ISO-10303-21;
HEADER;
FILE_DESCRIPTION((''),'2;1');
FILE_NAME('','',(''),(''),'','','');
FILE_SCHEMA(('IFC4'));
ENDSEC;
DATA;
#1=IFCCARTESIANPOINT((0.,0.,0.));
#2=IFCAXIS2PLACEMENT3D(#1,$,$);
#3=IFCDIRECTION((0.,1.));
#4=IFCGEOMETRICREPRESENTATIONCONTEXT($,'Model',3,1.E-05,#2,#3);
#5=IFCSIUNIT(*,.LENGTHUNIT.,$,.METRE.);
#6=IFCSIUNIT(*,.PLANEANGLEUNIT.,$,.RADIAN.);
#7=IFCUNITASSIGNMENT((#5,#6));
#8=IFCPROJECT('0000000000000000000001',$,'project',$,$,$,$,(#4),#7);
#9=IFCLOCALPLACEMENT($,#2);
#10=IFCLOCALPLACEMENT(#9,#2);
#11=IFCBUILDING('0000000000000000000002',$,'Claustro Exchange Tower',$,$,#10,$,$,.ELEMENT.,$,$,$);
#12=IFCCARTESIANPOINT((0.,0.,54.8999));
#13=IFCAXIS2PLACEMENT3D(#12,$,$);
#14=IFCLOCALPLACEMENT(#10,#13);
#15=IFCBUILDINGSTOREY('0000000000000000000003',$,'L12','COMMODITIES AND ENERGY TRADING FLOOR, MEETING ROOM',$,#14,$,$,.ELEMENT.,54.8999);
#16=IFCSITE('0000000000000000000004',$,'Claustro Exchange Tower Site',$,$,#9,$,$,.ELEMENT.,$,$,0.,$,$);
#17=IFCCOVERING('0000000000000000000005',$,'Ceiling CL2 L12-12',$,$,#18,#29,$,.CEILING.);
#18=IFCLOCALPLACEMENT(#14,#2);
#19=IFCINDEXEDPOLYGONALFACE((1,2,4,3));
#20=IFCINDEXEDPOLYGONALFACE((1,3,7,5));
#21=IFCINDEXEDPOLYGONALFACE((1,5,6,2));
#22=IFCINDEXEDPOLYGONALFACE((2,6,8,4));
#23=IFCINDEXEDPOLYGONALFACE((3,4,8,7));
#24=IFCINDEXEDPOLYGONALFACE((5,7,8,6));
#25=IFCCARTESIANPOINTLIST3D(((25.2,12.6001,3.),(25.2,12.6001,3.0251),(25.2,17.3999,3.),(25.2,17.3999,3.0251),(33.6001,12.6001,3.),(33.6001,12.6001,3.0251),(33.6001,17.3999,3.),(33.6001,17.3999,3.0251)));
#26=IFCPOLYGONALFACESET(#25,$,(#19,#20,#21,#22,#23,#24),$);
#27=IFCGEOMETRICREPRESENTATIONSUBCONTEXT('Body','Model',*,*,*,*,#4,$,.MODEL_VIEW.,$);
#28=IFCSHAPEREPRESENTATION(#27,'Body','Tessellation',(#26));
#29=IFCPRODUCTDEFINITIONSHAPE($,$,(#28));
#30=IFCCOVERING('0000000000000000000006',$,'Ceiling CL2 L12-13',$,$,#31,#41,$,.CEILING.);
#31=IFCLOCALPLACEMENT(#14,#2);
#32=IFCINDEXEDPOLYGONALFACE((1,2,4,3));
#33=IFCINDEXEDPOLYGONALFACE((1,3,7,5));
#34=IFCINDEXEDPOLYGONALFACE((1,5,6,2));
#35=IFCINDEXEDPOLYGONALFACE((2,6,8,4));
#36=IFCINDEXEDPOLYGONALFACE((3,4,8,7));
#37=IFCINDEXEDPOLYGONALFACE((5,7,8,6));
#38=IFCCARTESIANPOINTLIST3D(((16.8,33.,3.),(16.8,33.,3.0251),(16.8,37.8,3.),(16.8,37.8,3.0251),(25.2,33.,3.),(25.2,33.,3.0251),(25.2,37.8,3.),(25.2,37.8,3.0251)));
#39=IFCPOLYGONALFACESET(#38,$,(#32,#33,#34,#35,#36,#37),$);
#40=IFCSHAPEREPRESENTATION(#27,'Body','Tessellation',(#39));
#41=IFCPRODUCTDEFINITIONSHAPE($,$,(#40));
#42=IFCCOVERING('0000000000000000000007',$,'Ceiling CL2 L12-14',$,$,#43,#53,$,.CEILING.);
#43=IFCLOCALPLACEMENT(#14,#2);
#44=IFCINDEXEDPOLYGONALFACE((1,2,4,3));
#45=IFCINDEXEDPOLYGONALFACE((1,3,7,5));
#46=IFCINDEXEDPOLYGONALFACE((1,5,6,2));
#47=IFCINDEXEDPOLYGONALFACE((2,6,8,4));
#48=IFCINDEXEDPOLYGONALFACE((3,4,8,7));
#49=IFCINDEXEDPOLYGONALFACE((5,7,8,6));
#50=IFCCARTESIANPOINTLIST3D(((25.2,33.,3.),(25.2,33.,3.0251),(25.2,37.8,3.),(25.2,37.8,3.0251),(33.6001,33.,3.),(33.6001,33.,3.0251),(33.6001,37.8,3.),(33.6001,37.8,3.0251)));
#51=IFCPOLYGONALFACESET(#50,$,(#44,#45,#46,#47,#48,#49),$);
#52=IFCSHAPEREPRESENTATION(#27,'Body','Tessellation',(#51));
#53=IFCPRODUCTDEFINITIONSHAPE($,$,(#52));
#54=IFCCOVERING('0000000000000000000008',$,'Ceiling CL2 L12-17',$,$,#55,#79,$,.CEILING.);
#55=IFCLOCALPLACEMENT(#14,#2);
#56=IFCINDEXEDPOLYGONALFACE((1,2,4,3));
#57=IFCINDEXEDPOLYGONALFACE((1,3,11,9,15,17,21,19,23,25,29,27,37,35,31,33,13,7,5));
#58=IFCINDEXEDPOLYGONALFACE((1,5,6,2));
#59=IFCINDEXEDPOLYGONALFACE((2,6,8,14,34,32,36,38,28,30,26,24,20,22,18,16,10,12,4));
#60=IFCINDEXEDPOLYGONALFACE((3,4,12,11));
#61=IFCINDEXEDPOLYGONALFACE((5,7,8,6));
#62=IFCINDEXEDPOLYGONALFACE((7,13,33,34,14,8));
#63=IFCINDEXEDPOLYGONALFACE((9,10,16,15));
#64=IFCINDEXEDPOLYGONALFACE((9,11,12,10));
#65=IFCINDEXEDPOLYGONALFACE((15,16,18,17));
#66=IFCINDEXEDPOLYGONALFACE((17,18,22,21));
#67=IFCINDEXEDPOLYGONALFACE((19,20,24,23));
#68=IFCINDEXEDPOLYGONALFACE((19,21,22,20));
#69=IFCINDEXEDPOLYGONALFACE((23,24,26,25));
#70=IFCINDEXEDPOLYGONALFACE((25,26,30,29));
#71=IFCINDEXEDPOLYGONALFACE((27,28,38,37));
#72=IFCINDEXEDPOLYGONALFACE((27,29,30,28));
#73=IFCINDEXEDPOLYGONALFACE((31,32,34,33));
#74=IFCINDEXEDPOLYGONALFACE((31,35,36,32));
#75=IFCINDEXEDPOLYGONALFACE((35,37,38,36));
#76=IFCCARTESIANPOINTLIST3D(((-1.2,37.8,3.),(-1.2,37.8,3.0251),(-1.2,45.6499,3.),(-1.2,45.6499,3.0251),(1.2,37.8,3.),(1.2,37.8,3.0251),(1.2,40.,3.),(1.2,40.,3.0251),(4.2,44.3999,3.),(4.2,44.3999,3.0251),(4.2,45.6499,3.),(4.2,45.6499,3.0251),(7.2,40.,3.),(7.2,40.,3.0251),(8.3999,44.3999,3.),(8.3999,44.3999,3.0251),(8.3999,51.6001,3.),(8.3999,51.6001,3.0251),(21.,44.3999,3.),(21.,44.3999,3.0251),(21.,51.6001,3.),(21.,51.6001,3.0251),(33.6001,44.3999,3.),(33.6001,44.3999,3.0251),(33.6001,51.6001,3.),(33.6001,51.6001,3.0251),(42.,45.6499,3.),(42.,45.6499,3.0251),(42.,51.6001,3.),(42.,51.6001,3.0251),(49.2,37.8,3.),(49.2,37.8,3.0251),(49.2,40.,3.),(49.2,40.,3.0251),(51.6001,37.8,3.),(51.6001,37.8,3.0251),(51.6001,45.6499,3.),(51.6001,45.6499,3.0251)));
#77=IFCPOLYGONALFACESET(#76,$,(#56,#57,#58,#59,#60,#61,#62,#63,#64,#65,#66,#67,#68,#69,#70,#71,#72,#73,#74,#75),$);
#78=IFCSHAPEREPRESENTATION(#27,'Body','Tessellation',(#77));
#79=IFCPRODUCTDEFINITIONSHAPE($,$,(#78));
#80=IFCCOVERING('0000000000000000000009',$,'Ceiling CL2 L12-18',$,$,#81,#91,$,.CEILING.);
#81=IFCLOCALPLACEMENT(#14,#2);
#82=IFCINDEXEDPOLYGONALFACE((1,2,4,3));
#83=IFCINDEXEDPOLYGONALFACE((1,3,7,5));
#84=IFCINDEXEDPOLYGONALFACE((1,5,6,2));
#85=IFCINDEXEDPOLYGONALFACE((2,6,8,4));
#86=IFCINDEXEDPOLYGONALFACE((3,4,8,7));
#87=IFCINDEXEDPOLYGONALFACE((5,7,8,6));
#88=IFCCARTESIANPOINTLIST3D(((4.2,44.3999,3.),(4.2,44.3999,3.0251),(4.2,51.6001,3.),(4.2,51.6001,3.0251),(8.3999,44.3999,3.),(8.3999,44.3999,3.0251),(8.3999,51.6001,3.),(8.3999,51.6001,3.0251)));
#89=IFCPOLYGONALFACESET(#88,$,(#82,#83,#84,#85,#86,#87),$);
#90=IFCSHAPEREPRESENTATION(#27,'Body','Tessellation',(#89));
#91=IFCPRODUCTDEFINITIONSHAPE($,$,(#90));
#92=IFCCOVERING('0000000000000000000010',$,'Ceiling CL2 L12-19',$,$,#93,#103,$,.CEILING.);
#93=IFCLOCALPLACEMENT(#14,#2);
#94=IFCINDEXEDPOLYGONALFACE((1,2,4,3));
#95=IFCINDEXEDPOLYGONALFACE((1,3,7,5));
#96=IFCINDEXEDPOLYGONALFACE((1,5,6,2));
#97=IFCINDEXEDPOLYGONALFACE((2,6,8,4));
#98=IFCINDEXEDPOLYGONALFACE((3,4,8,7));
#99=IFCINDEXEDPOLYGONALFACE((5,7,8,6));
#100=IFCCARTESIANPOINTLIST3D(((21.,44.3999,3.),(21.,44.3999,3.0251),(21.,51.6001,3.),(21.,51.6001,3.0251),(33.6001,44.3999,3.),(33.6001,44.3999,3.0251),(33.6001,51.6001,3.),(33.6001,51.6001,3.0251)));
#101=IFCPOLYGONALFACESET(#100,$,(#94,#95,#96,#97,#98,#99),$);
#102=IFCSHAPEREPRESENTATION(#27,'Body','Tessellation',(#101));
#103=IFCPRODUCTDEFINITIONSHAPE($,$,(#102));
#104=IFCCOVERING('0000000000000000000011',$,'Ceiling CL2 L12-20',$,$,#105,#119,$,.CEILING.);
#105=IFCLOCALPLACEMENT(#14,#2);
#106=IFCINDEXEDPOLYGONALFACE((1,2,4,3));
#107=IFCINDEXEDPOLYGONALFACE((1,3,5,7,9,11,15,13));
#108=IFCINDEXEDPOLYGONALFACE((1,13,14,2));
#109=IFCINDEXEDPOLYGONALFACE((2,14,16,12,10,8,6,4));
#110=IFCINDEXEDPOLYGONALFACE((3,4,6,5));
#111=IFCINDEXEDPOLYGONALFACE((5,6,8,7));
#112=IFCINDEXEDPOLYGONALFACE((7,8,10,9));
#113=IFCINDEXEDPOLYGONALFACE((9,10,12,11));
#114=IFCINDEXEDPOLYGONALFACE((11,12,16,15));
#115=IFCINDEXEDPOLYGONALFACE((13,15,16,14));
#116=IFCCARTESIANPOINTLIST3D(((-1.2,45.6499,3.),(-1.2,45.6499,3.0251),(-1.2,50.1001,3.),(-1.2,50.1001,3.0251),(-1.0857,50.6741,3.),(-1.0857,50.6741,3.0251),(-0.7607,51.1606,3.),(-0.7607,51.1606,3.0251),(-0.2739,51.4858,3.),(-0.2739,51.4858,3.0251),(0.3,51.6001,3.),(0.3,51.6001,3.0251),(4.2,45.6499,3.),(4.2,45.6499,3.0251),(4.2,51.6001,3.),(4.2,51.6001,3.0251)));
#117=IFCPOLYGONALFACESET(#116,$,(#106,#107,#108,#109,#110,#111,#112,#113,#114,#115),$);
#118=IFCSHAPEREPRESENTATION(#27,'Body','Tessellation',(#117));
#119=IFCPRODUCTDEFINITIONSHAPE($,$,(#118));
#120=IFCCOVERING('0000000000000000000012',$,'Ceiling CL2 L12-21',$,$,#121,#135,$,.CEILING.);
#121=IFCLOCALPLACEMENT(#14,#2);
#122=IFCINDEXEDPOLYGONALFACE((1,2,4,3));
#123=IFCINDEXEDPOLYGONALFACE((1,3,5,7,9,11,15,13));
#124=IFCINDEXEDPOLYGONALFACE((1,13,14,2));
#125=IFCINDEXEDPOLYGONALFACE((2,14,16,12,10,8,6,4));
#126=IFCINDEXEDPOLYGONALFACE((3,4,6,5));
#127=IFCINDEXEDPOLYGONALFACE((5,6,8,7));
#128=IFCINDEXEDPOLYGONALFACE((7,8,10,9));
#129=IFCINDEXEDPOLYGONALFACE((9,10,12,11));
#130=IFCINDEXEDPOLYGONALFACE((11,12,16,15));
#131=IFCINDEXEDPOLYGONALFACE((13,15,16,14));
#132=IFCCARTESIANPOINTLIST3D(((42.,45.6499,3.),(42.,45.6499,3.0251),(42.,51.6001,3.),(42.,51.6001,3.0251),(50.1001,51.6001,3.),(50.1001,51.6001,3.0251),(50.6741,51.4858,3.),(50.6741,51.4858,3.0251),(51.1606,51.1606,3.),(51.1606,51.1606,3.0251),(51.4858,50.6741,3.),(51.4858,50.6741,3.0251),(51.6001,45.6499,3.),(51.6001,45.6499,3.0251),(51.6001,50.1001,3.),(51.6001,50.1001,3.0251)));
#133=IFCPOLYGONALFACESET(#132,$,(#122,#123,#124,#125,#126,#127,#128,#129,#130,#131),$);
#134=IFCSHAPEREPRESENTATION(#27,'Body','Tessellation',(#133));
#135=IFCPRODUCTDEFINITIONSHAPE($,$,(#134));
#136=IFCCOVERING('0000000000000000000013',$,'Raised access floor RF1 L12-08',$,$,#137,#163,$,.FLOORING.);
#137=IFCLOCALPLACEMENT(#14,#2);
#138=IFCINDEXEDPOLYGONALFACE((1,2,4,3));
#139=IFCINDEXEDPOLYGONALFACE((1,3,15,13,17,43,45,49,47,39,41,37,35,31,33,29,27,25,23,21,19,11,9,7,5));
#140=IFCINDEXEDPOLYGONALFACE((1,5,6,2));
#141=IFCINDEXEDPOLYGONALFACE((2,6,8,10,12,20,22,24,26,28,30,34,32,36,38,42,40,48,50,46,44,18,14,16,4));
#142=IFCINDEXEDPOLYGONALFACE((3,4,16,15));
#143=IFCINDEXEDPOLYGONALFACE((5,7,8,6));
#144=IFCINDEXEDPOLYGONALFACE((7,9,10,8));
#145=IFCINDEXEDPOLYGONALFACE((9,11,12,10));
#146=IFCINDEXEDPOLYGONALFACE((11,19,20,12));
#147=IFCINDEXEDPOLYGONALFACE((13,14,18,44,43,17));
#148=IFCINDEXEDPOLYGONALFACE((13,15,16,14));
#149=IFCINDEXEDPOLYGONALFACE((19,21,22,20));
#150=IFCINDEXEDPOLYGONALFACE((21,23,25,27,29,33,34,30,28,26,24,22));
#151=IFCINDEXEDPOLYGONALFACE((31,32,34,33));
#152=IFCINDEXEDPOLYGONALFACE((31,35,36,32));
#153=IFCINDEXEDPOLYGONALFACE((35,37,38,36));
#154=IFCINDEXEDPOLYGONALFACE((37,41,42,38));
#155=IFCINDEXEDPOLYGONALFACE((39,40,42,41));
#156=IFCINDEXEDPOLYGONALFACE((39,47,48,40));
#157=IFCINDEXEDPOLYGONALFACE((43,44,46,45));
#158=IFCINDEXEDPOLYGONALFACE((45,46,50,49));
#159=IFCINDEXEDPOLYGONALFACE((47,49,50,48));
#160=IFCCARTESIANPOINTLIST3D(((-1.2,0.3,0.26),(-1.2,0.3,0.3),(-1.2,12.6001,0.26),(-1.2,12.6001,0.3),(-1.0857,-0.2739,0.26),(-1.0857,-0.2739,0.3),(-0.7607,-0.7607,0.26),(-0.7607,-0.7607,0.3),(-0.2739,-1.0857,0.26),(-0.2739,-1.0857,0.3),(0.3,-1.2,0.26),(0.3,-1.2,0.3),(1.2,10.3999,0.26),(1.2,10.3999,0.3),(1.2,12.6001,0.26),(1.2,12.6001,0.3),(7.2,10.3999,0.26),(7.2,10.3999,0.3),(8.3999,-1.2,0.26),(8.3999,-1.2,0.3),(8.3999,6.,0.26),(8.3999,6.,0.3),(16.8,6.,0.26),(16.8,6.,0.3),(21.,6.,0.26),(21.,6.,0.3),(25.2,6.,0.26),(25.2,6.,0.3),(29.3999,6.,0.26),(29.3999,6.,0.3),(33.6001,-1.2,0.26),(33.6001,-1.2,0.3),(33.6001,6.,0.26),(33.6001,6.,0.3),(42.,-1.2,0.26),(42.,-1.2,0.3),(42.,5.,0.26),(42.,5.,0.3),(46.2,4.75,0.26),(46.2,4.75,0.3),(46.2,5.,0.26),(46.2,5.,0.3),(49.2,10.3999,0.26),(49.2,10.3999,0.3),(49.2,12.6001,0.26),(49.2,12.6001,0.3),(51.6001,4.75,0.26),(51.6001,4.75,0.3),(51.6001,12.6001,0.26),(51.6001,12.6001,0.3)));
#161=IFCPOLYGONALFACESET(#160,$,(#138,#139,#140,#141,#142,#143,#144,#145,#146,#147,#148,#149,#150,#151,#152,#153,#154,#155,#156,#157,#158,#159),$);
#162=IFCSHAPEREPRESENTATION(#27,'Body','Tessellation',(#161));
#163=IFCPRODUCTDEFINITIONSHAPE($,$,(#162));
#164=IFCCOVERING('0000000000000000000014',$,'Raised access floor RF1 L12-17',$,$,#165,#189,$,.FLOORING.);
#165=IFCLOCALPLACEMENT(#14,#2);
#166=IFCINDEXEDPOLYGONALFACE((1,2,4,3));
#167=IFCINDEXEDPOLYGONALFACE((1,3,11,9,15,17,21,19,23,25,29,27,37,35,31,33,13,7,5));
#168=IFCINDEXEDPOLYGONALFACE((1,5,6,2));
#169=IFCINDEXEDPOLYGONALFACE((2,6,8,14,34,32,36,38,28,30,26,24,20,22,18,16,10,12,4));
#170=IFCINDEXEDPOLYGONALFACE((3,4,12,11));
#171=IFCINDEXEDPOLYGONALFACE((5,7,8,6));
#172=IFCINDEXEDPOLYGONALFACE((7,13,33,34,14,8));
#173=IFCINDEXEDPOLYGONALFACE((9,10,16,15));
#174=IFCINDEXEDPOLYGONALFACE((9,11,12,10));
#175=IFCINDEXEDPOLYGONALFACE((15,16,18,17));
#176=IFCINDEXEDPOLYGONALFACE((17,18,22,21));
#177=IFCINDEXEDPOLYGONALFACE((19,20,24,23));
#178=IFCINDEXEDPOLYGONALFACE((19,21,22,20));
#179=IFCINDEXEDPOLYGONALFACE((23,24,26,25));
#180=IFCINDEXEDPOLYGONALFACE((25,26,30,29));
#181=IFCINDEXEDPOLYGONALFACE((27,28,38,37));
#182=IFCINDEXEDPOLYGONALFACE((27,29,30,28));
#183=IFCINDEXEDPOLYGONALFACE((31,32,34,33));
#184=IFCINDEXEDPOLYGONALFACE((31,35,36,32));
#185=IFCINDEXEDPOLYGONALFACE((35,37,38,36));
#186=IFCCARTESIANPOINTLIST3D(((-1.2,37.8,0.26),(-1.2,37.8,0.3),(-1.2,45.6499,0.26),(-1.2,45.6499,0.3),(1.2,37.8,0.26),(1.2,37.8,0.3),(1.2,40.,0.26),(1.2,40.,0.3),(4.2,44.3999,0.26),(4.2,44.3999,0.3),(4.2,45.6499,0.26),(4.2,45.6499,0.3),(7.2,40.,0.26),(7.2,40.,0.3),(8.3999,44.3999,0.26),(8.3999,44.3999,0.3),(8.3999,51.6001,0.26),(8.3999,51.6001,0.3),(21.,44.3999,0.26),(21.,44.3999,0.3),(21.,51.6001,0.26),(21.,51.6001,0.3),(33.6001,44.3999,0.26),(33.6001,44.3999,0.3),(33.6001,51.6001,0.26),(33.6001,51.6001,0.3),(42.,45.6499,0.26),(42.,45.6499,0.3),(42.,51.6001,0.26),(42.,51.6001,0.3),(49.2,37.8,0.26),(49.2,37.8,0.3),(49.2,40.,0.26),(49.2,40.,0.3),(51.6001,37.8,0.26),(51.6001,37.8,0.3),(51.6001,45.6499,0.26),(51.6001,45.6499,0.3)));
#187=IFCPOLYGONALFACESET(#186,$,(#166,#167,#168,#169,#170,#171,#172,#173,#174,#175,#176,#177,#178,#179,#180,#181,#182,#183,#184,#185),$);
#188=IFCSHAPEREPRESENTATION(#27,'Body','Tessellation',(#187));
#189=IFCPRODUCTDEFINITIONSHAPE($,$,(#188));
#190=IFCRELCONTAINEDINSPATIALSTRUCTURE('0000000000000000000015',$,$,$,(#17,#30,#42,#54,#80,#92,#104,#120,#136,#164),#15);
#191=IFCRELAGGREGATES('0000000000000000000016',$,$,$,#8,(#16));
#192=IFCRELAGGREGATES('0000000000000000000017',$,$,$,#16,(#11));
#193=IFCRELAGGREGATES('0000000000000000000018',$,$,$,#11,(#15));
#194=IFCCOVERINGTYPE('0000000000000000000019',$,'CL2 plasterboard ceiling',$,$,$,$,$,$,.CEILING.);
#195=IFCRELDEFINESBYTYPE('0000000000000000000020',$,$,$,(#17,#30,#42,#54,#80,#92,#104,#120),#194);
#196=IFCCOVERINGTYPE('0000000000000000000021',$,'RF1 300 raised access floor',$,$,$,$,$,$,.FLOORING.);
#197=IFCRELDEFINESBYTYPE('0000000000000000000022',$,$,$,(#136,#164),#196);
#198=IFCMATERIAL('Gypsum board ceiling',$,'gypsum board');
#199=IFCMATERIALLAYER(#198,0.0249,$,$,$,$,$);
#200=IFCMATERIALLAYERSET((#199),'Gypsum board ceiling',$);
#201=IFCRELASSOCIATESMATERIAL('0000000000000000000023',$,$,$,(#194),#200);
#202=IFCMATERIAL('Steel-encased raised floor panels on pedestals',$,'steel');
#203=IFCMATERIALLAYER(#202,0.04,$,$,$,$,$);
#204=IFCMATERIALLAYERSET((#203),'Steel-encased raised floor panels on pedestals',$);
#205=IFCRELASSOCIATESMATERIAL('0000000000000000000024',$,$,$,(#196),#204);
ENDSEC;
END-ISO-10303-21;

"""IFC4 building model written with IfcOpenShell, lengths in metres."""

from ifc_helpers import new_model, si_unit, direction, frame, origin, place, context, subcontext, project, spatial, polyline, outline, extrude, material, layer, layer_set, type_object, element, save


model = new_model("IFC4")

# Units and contexts
model_context = context("Model", 3, precision=1e-05, world=origin(), true_north=direction((0.0, 1.0)))
body_context = subcontext(model_context, "Body", "Model", "MODEL_VIEW")
ifc_project = project(units=[si_unit("LENGTHUNIT", "METRE"), si_unit("PLANEANGLEUNIT", "RADIAN")], contexts=[model_context])

# Site, building, storey
site_placement = place(None, origin())
site = spatial("IfcSite", under=ifc_project, at=site_placement, Name="Claustro Exchange Tower Site", CompositionType="ELEMENT", RefElevation=0.0)
building_placement = place(site_placement, origin())
building = spatial("IfcBuilding", under=site, at=building_placement, Name="Claustro Exchange Tower", CompositionType="ELEMENT")
storey_placement = place(building_placement, frame((0.0, 0.0, 54.8999)))
storey = spatial("IfcBuildingStorey", under=building, at=storey_placement, Name="L12", Description="COMMODITIES AND ENERGY TRADING FLOOR, MEETING ROOM", CompositionType="ELEMENT", Elevation=54.8999)

# Coverings
ifc_material_1 = material(Name="Gypsum board ceiling", Category="gypsum board")
ifc_layer_1 = layer(ifc_material_1, 0.0249)
ifc_layer_set_1 = layer_set([ifc_layer_1], Name="Gypsum board ceiling")
covering_type_1 = type_object("IfcCoveringType", Name="CL2 plasterboard ceiling", PredefinedType="CEILING", material=ifc_layer_set_1)
covering_1_placement = place(storey_placement, frame((0.0, 0.0, 3.0)))
element("IfcCovering", 1, at=covering_1_placement, inside=storey, type_object=covering_type_1, Name="Ceiling CL2 L12-12", PredefinedType="CEILING", context=body_context, shape_type="SweptSolid", body=[
    extrude(outline(polyline([(33.6001, 17.3999), (25.2, 17.3999), (25.2, 12.6001), (33.6001, 12.6001), (33.6001, 17.3999)])), origin(), (0.0, 0.0, 1.0), 0.0251),
])
covering_2_placement = place(storey_placement, frame((0.0, 0.0, 3.0)))
element("IfcCovering", 2, at=covering_2_placement, inside=storey, type_object=covering_type_1, Name="Ceiling CL2 L12-13", PredefinedType="CEILING", context=body_context, shape_type="SweptSolid", body=[
    extrude(outline(polyline([(16.8, 33.0), (25.2, 33.0), (25.2, 37.8), (16.8, 37.8), (16.8, 33.0)])), origin(), (0.0, 0.0, 1.0), 0.0251),
])
covering_3_placement = place(storey_placement, frame((0.0, 0.0, 3.0)))
element("IfcCovering", 3, at=covering_3_placement, inside=storey, type_object=covering_type_1, Name="Ceiling CL2 L12-14", PredefinedType="CEILING", context=body_context, shape_type="SweptSolid", body=[
    extrude(outline(polyline([(33.6001, 33.0), (33.6001, 37.8), (25.2, 37.8), (25.2, 33.0), (33.6001, 33.0)])), origin(), (0.0, 0.0, 1.0), 0.0251),
])
covering_4_placement = place(storey_placement, frame((0.0, 0.0, 3.0)))
element("IfcCovering", 4, at=covering_4_placement, inside=storey, type_object=covering_type_1, Name="Ceiling CL2 L12-17", PredefinedType="CEILING", context=body_context, shape_type="SweptSolid", body=[
    extrude(outline(polyline([(-1.2, 45.6499), (-1.2, 37.8), (1.2, 37.8), (1.2, 40.0), (7.2, 40.0), (49.2, 40.0), (49.2, 37.8), (51.6001, 37.8), (51.6001, 45.6499), (42.0, 45.6499), (42.0, 51.6001), (33.6001, 51.6001), (33.6001, 44.3999), (21.0, 44.3999), (21.0, 51.6001), (8.3999, 51.6001), (8.3999, 44.3999), (4.2, 44.3999), (4.2, 45.6499), (-1.2, 45.6499)])), origin(), (0.0, 0.0, 1.0), 0.0251),
])
covering_5_placement = place(storey_placement, frame((0.0, 0.0, 3.0)))
element("IfcCovering", 5, at=covering_5_placement, inside=storey, type_object=covering_type_1, Name="Ceiling CL2 L12-18", PredefinedType="CEILING", context=body_context, shape_type="SweptSolid", body=[
    extrude(outline(polyline([(8.3999, 51.6001), (4.2, 51.6001), (4.2, 44.3999), (8.3999, 44.3999), (8.3999, 51.6001)])), origin(), (0.0, 0.0, 1.0), 0.0251),
])
covering_6_placement = place(storey_placement, frame((0.0, 0.0, 3.0)))
element("IfcCovering", 6, at=covering_6_placement, inside=storey, type_object=covering_type_1, Name="Ceiling CL2 L12-19", PredefinedType="CEILING", context=body_context, shape_type="SweptSolid", body=[
    extrude(outline(polyline([(33.6001, 51.6001), (21.0, 51.6001), (21.0, 44.3999), (33.6001, 44.3999), (33.6001, 51.6001)])), origin(), (0.0, 0.0, 1.0), 0.0251),
])
covering_7_placement = place(storey_placement, frame((0.0, 0.0, 3.0)))
element("IfcCovering", 7, at=covering_7_placement, inside=storey, type_object=covering_type_1, Name="Ceiling CL2 L12-20", PredefinedType="CEILING", context=body_context, shape_type="SweptSolid", body=[
    extrude(outline(polyline([(-1.2, 50.1001), (-1.2, 45.6499), (4.2, 45.6499), (4.2, 51.6001), (0.3, 51.6001), (-0.2739, 51.4858), (-0.7607, 51.1606), (-1.0857, 50.6741), (-1.2, 50.1001)])), origin(), (0.0, 0.0, 1.0), 0.0251),
])
covering_8_placement = place(storey_placement, frame((0.0, 0.0, 3.0)))
element("IfcCovering", 8, at=covering_8_placement, inside=storey, type_object=covering_type_1, Name="Ceiling CL2 L12-21", PredefinedType="CEILING", context=body_context, shape_type="SweptSolid", body=[
    extrude(outline(polyline([(50.1001, 51.6001), (42.0, 51.6001), (42.0, 45.6499), (51.6001, 45.6499), (51.6001, 50.1001), (51.4858, 50.6741), (51.1606, 51.1606), (50.6741, 51.4858), (50.1001, 51.6001)])), origin(), (0.0, 0.0, 1.0), 0.0251),
])
ifc_material_2 = material(Name="Steel-encased raised floor panels on pedestals", Category="steel")
ifc_layer_2 = layer(ifc_material_2, 0.04)
ifc_layer_set_2 = layer_set([ifc_layer_2], Name="Steel-encased raised floor panels on pedestals")
covering_type_2 = type_object("IfcCoveringType", Name="RF1 300 raised access floor", PredefinedType="FLOORING", material=ifc_layer_set_2)
covering_9_placement = place(storey_placement, frame((0.0, 0.0, 0.26)))
element("IfcCovering", 9, at=covering_9_placement, inside=storey, type_object=covering_type_2, Name="Raised access floor RF1 L12-08", PredefinedType="FLOORING", context=body_context, shape_type="SweptSolid", body=[
    extrude(outline(polyline([(-1.0857, -0.2739), (-0.7607, -0.7607), (-0.2739, -1.0857), (0.3, -1.2), (8.3999, -1.2), (8.3999, 6.0), (16.8, 6.0), (21.0, 6.0), (25.2, 6.0), (29.3999, 6.0), (33.6001, 6.0), (33.6001, -1.2), (42.0, -1.2), (42.0, 5.0), (46.2, 5.0), (46.2, 4.75), (51.6001, 4.75), (51.6001, 12.6001), (49.2, 12.6001), (49.2, 10.3999), (7.2, 10.3999), (1.2, 10.3999), (1.2, 12.6001), (-1.2, 12.6001), (-1.2, 0.3), (-1.0857, -0.2739)])), origin(), (0.0, 0.0, 1.0), 0.04),
])
covering_10_placement = place(storey_placement, frame((0.0, 0.0, 0.26)))
element("IfcCovering", 10, at=covering_10_placement, inside=storey, type_object=covering_type_2, Name="Raised access floor RF1 L12-17", PredefinedType="FLOORING", context=body_context, shape_type="SweptSolid", body=[
    extrude(outline(polyline([(-1.2, 45.6499), (-1.2, 37.8), (1.2, 37.8), (1.2, 40.0), (7.2, 40.0), (49.2, 40.0), (49.2, 37.8), (51.6001, 37.8), (51.6001, 45.6499), (42.0, 45.6499), (42.0, 51.6001), (33.6001, 51.6001), (33.6001, 44.3999), (21.0, 44.3999), (21.0, 51.6001), (8.3999, 51.6001), (8.3999, 44.3999), (4.2, 44.3999), (4.2, 45.6499), (-1.2, 45.6499)])), origin(), (0.0, 0.0, 1.0), 0.04),
])

save(model, "model.ifc")
